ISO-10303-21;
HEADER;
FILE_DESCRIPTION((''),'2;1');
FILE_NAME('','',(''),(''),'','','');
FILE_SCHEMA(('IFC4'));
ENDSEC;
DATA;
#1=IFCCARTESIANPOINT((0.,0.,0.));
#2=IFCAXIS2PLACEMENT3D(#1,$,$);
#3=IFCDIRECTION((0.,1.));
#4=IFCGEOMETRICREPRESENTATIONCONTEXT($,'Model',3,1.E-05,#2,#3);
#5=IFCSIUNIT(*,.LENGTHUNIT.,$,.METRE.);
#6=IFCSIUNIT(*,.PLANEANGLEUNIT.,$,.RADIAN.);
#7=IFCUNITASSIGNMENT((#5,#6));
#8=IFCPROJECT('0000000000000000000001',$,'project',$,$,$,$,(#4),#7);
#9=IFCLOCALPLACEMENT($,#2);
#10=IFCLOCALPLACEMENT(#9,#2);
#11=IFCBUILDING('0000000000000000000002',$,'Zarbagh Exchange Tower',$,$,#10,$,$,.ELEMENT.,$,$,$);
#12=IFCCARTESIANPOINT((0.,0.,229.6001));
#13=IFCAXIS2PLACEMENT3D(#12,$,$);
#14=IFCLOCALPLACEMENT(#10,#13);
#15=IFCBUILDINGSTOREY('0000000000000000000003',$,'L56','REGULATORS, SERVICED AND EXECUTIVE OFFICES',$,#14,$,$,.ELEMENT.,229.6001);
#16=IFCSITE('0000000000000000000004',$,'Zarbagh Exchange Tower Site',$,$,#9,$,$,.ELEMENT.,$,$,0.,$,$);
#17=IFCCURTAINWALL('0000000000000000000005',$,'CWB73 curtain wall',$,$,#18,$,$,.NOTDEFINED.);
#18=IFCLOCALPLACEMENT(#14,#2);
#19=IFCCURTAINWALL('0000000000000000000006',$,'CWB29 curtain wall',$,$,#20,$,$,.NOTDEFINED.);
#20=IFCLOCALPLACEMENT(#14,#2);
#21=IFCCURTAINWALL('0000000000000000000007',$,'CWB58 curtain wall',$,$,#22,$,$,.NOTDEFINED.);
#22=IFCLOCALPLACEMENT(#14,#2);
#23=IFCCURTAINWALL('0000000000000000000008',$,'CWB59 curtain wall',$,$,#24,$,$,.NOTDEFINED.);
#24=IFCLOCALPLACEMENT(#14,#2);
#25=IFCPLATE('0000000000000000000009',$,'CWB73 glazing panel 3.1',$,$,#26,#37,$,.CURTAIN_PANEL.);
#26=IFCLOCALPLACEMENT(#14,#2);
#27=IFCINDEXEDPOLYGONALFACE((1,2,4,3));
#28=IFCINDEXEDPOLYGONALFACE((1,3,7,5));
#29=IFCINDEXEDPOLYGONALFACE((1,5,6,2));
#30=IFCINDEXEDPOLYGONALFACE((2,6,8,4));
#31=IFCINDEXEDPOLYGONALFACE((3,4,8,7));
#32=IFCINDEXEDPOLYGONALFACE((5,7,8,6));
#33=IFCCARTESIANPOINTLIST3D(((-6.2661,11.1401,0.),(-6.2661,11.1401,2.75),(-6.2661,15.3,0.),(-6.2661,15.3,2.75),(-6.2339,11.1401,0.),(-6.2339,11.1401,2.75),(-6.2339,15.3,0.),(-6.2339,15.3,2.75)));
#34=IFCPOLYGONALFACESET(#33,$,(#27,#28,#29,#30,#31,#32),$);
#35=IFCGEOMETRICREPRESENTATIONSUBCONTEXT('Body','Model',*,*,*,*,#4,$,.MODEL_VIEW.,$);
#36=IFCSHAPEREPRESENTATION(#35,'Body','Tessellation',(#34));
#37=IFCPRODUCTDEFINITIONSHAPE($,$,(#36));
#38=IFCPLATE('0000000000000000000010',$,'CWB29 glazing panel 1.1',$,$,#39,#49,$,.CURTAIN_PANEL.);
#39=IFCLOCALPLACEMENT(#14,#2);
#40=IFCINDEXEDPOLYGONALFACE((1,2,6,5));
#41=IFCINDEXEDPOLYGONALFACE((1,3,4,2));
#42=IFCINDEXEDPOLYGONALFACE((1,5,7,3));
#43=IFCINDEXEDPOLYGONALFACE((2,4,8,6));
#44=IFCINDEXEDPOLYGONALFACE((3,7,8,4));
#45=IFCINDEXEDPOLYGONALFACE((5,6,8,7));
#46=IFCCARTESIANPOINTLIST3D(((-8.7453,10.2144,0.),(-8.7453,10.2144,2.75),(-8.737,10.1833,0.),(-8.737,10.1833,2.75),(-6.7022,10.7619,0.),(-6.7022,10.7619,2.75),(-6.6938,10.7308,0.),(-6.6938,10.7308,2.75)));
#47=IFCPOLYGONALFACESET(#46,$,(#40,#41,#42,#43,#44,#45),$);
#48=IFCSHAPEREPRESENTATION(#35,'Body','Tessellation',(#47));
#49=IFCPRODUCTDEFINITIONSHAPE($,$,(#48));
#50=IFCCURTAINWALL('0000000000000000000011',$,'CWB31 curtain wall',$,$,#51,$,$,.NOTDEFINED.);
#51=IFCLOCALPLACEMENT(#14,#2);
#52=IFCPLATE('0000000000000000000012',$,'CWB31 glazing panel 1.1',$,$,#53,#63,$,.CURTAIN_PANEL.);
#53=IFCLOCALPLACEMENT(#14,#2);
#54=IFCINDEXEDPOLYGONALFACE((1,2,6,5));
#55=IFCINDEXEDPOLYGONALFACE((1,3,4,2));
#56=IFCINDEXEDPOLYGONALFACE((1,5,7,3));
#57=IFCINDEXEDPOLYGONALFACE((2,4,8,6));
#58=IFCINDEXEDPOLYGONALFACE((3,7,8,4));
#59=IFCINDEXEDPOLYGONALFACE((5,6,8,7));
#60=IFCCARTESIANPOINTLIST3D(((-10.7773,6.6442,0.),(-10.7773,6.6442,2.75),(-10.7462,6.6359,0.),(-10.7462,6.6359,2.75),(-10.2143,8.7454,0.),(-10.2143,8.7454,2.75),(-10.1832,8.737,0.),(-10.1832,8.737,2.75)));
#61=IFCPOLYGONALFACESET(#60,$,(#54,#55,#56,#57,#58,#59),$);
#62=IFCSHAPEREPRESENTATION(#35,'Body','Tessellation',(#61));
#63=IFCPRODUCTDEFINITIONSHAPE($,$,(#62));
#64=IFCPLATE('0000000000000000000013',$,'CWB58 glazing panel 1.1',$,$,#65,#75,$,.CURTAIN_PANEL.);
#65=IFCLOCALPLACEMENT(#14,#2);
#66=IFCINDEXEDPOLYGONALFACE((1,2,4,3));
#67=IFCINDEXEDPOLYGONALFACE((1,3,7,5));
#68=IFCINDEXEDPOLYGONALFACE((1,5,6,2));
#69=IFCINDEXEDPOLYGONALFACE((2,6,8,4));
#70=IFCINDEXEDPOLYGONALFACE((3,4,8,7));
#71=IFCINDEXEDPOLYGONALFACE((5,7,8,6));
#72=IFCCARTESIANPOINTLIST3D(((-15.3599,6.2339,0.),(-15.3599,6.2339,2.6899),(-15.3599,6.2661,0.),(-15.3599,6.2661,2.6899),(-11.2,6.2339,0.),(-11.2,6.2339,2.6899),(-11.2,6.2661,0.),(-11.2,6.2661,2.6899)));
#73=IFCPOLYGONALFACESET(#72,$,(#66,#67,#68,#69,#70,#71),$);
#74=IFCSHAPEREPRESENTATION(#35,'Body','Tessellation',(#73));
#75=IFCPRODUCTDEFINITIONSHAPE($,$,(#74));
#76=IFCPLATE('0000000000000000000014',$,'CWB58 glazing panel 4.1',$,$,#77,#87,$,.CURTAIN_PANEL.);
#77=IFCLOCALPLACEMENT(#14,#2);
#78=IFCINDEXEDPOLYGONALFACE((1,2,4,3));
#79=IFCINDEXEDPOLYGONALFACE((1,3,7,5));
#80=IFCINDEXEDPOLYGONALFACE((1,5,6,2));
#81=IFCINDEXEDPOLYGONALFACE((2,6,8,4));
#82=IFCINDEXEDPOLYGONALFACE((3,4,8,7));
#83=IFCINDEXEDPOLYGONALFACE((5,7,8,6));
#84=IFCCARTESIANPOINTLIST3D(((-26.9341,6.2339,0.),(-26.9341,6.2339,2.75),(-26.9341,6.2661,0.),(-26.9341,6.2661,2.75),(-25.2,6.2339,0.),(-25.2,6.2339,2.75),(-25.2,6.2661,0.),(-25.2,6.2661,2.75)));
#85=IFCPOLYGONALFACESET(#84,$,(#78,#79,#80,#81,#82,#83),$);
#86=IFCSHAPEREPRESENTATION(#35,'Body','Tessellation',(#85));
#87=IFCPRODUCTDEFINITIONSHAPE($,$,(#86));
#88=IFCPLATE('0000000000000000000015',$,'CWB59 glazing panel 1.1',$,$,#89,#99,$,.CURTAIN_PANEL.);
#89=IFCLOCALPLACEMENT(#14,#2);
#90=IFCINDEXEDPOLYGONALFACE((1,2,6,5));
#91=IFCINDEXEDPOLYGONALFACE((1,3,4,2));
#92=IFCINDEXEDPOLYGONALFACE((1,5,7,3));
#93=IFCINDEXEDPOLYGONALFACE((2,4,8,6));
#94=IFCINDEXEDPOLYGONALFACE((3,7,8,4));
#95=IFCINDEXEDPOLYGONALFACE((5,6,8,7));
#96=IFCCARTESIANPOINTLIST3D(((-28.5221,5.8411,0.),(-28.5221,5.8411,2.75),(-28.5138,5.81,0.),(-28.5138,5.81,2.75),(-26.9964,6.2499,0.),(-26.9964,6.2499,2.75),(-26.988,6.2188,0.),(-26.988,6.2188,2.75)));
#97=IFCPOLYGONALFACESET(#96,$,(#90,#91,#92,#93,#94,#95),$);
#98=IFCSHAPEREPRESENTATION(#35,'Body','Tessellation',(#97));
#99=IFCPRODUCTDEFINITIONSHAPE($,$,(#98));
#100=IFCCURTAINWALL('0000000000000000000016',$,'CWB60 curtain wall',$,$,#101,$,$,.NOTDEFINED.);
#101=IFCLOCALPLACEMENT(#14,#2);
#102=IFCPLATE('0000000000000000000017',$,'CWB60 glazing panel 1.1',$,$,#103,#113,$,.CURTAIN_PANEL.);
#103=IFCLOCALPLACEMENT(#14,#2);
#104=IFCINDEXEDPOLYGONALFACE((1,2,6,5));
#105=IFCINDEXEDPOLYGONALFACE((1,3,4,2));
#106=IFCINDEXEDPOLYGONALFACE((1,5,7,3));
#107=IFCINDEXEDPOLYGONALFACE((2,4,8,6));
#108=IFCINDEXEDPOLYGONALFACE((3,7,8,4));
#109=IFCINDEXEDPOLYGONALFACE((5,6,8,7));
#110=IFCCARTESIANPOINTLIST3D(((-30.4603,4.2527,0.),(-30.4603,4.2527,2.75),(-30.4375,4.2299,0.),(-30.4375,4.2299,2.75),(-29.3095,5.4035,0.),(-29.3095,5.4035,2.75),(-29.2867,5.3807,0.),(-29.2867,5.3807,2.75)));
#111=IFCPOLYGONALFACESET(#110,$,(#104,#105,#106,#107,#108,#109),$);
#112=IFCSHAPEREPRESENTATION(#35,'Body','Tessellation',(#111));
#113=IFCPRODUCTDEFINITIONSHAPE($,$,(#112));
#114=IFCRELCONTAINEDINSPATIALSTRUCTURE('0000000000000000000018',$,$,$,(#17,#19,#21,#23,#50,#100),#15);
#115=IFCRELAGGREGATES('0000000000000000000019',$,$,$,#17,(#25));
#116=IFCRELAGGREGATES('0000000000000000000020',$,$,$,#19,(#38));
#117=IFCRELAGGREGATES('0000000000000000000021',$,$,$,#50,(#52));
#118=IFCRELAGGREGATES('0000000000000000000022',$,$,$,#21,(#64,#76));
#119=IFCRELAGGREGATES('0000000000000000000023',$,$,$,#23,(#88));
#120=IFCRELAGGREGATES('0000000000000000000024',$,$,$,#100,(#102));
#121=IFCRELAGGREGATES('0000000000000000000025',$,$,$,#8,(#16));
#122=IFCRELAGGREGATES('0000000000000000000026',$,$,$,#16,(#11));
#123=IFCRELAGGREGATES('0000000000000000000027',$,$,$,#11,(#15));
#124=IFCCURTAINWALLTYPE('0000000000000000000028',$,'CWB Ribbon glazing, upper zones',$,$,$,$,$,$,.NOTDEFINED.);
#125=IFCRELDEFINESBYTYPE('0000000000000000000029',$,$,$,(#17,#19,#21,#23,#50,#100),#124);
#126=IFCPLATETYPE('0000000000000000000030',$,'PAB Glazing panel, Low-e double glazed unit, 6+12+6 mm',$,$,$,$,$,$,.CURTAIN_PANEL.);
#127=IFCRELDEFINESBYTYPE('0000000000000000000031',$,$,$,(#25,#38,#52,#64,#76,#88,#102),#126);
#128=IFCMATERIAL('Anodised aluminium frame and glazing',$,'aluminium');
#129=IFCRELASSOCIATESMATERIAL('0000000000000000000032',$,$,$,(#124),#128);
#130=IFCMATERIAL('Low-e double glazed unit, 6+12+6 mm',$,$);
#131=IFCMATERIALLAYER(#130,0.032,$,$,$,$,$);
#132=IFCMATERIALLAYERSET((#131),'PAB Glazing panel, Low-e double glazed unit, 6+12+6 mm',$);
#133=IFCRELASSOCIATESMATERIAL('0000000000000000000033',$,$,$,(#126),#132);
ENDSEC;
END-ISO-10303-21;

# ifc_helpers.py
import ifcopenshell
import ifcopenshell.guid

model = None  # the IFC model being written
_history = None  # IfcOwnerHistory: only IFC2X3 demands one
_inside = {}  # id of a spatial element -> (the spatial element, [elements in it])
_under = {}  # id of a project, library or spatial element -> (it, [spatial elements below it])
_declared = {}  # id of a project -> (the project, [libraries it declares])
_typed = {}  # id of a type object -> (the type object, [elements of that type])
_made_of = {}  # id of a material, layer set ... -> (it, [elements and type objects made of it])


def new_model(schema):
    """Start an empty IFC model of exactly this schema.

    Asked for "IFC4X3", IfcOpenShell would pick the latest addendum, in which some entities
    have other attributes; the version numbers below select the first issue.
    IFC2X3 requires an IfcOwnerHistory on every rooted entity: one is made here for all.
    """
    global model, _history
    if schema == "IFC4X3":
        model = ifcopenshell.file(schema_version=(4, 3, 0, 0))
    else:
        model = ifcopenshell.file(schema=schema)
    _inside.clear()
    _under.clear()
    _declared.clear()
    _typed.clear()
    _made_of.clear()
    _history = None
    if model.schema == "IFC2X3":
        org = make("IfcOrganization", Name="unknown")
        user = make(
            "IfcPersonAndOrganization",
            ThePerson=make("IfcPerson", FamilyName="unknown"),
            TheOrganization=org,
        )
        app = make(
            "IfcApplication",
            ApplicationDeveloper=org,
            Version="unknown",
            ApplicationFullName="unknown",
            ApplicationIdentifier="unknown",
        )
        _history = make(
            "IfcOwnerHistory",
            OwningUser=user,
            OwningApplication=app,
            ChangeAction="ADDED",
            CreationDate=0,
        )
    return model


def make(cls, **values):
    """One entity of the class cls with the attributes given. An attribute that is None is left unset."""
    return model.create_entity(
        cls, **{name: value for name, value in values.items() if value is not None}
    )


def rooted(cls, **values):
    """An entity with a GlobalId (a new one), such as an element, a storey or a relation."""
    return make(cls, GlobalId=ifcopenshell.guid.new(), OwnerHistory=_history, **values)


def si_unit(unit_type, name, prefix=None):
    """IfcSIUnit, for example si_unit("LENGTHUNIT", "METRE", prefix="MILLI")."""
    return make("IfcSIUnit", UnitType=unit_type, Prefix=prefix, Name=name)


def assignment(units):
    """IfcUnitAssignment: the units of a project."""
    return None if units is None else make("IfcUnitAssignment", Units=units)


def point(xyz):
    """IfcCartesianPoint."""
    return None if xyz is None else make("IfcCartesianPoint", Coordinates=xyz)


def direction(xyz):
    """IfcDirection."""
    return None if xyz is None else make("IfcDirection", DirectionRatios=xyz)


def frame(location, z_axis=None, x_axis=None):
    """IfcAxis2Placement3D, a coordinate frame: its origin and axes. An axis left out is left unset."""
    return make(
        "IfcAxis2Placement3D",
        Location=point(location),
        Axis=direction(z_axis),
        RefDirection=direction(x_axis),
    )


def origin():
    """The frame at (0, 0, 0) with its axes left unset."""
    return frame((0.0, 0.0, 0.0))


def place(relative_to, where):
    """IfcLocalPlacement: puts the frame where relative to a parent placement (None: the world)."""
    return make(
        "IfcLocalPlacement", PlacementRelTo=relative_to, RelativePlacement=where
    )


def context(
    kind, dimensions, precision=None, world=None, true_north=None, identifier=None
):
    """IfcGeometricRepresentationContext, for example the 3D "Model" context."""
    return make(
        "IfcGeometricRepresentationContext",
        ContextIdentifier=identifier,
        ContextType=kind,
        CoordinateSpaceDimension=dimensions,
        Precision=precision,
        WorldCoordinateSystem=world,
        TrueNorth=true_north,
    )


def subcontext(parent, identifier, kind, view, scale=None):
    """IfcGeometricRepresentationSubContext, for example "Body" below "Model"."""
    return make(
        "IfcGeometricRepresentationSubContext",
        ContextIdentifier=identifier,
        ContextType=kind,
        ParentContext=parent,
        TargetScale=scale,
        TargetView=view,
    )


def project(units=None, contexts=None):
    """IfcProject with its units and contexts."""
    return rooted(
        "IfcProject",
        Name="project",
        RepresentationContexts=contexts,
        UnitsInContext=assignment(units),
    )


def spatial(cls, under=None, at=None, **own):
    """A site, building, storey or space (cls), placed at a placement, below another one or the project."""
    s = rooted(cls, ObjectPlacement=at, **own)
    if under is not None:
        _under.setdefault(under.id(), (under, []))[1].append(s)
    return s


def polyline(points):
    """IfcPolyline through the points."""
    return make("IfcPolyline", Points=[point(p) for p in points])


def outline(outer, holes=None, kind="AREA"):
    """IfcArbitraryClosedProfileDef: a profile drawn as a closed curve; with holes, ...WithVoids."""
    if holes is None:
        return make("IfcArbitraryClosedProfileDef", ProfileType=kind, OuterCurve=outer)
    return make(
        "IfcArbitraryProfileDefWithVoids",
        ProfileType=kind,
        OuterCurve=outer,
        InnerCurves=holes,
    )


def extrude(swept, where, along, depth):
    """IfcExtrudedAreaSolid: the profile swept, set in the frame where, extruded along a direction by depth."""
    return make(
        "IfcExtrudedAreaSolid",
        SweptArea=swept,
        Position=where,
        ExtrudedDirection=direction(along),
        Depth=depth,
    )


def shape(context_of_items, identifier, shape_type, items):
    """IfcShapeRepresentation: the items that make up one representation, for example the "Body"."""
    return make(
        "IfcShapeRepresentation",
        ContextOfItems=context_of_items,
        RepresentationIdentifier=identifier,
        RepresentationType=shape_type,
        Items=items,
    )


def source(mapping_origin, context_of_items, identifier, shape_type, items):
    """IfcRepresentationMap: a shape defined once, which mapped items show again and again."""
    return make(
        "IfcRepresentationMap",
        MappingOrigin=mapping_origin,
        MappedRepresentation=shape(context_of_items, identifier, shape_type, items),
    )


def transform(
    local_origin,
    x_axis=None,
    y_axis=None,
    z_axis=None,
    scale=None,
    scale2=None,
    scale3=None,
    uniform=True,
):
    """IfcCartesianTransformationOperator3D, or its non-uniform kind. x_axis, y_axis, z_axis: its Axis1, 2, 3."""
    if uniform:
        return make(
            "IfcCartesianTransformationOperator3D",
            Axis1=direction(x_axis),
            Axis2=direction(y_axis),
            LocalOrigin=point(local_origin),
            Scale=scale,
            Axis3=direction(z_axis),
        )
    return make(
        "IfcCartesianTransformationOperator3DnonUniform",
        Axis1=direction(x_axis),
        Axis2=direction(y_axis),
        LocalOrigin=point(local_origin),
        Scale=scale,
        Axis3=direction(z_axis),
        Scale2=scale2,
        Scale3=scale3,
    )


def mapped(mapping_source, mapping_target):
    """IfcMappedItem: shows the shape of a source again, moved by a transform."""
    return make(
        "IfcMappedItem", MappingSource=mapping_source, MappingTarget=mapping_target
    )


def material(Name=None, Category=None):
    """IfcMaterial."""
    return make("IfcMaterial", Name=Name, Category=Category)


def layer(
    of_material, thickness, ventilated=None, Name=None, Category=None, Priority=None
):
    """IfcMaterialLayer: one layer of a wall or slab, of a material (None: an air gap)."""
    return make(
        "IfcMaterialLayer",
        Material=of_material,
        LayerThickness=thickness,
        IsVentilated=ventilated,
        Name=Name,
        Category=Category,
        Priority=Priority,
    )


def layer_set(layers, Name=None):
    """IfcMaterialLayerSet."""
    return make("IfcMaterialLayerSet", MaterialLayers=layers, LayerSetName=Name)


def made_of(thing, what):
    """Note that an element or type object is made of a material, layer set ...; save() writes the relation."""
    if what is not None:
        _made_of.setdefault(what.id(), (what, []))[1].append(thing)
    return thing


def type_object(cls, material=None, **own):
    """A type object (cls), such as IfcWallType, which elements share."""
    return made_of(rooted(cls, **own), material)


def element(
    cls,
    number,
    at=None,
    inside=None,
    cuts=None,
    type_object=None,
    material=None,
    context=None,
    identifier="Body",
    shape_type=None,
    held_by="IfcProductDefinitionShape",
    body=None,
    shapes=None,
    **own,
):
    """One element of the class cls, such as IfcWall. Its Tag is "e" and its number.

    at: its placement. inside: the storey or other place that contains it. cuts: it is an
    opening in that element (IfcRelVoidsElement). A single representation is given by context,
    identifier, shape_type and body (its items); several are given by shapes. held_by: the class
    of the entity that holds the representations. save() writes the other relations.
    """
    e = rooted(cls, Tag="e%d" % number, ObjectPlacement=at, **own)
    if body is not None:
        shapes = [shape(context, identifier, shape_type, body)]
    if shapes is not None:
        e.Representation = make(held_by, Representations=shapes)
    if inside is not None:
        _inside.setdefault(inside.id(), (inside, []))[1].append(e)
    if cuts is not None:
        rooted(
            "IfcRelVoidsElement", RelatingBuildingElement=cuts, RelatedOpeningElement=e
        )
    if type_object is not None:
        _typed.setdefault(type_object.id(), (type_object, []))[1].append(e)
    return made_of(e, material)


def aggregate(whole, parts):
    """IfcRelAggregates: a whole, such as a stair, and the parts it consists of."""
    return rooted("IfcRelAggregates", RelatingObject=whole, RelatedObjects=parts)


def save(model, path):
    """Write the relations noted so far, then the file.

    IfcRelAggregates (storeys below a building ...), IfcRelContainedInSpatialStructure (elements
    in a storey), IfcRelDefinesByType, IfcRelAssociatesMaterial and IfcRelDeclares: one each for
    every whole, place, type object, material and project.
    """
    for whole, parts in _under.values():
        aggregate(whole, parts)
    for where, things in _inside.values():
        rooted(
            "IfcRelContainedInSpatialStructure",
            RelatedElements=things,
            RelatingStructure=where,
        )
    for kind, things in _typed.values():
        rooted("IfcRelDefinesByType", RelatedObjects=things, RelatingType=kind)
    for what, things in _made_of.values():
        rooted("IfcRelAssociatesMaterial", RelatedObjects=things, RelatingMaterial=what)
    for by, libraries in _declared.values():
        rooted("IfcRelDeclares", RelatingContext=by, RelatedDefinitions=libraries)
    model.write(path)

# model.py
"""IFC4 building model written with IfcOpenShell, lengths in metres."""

from ifc_helpers import new_model, si_unit, direction, frame, origin, place, context, subcontext, project, spatial, polyline, outline, extrude, source, transform, mapped, material, layer, layer_set, type_object, element, aggregate, save


model = new_model("IFC4")

# Units and contexts
model_context = context("Model", 3, precision=1e-05, world=origin(), true_north=direction((0.0, 1.0)))
body_context = subcontext(model_context, "Body", "Model", "MODEL_VIEW")
ifc_project = project(units=[si_unit("LENGTHUNIT", "METRE"), si_unit("PLANEANGLEUNIT", "RADIAN")], contexts=[model_context])

# Site, building, storey
site_placement = place(None, origin())
site = spatial("IfcSite", under=ifc_project, at=site_placement, Name="Zarbagh Exchange Tower Site", CompositionType="ELEMENT", RefElevation=0.0)
building_placement = place(site_placement, origin())
building = spatial("IfcBuilding", under=site, at=building_placement, Name="Zarbagh Exchange Tower", CompositionType="ELEMENT")
storey_placement = place(building_placement, frame((0.0, 0.0, 229.6001)))
storey = spatial("IfcBuildingStorey", under=building, at=storey_placement, Name="L56", Description="REGULATORS, SERVICED AND EXECUTIVE OFFICES", CompositionType="ELEMENT", Elevation=229.6001)

# Curtain wall
ifc_material_1 = material(Name="Anodised aluminium frame and glazing", Category="aluminium")
curtain_wall_type = type_object("IfcCurtainWallType", Name="CWB Ribbon glazing, upper zones", PredefinedType="NOTDEFINED", material=ifc_material_1)
curtain_wall_1_placement = place(storey_placement, origin())
curtain_wall_1 = element("IfcCurtainWall", 1, at=curtain_wall_1_placement, inside=storey, type_object=curtain_wall_type, Name="CWB73 curtain wall", PredefinedType="NOTDEFINED")
placement = place(storey_placement, origin())

# Curtain wall
curtain_wall_2_placement = place(storey_placement, origin())
curtain_wall_2 = element("IfcCurtainWall", 2, at=curtain_wall_2_placement, inside=storey, type_object=curtain_wall_type, Name="CWB29 curtain wall", PredefinedType="NOTDEFINED")

# Curtain wall
curtain_wall_3_placement = place(storey_placement, origin())
curtain_wall_3 = element("IfcCurtainWall", 3, at=curtain_wall_3_placement, inside=storey, type_object=curtain_wall_type, Name="CWB58 curtain wall", PredefinedType="NOTDEFINED")

# Curtain wall
curtain_wall_4_placement = place(storey_placement, origin())
curtain_wall_4 = element("IfcCurtainWall", 4, at=curtain_wall_4_placement, inside=storey, type_object=curtain_wall_type, Name="CWB59 curtain wall", PredefinedType="NOTDEFINED")

# Shared definitions
ifc_material_2 = material(Name="Low-e double glazed unit, 6+12+6 mm")
ifc_layer = layer(ifc_material_2, 0.032)
ifc_layer_set = layer_set([ifc_layer], Name="PAB Glazing panel, Low-e double glazed unit, 6+12+6 mm")
plate_type = type_object("IfcPlateType", Name="PAB Glazing panel, Low-e double glazed unit, 6+12+6 mm", PredefinedType="CURTAIN_PANEL", material=ifc_layer_set)

# Plates
shared_shape_1 = source(origin(), body_context, "Body", "SweptSolid", [
    extrude(outline(polyline([(0.0, -0.0161), (4.1599, -0.0161), (4.1599, 0.0161), (0.0, 0.0161), (0.0, -0.0161)])), origin(), (0.0, 0.0, 1.0), 2.75),
])
plate_1 = element("IfcPlate", 5, at=placement, type_object=plate_type, Name="CWB73 glazing panel 3.1", PredefinedType="CURTAIN_PANEL", context=body_context, shape_type="MappedRepresentation", body=[
    mapped(shared_shape_1, transform((-6.25, 15.3, 0.0), x_axis=(0.0, -1.0, 0.0), y_axis=(1.0, 0.0, 0.0), z_axis=(0.0, 0.0, 1.0))),
])
aggregate(curtain_wall_1, [plate_1])
shared_shape_2 = source(origin(), body_context, "Body", "SweptSolid", [
    extrude(outline(polyline([(0.0, -0.0161), (2.1152, -0.0161), (2.1152, 0.0161), (0.0, 0.0161), (0.0, -0.0161)])), origin(), (0.0, 0.0, 1.0), 2.75),
])
plate_2 = element("IfcPlate", 6, at=placement, type_object=plate_type, Name="CWB29 glazing panel 1.1", PredefinedType="CURTAIN_PANEL", context=body_context, shape_type="MappedRepresentation", body=[
    mapped(shared_shape_2, transform((-6.698, 10.7463, 0.0), x_axis=(-0.965924, -0.258825, 0.0), y_axis=(0.258825, -0.965924, 0.0), z_axis=(0.0, 0.0, 1.0))),
])
aggregate(curtain_wall_2, [plate_2])

# Curtain wall, plate
curtain_wall_5_placement = place(storey_placement, origin())
curtain_wall_5 = element("IfcCurtainWall", 7, at=curtain_wall_5_placement, inside=storey, type_object=curtain_wall_type, Name="CWB31 curtain wall", PredefinedType="NOTDEFINED")
shared_shape_3 = source(origin(), body_context, "Body", "SweptSolid", [
    extrude(outline(polyline([(0.0, -0.0161), (2.1753, -0.0161), (2.1753, 0.0161), (0.0, 0.0161), (0.0, -0.0161)])), origin(), (0.0, 0.0, 1.0), 2.75),
])
plate_3 = element("IfcPlate", 8, at=placement, type_object=plate_type, Name="CWB31 glazing panel 1.1", PredefinedType="CURTAIN_PANEL", context=body_context, shape_type="MappedRepresentation", body=[
    mapped(shared_shape_3, transform((-10.1987, 8.7412, 0.0), x_axis=(-0.258825, -0.965924, 0.0), y_axis=(0.965924, -0.258825, 0.0), z_axis=(0.0, 0.0, 1.0))),
])
aggregate(curtain_wall_5, [plate_3])

# Plates
shared_shape_4 = source(origin(), body_context, "Body", "SweptSolid", [
    extrude(outline(polyline([(0.0, -0.0161), (4.1599, -0.0161), (4.1599, 0.0161), (0.0, 0.0161), (0.0, -0.0161)])), origin(), (0.0, 0.0, 1.0), 2.6899),
])
plate_4 = element("IfcPlate", 9, at=placement, type_object=plate_type, Name="CWB58 glazing panel 1.1", PredefinedType="CURTAIN_PANEL", context=body_context, shape_type="MappedRepresentation", body=[
    mapped(shared_shape_4, transform((-11.2, 6.25, 0.0), x_axis=(-1.0, 0.0, 0.0), y_axis=(0.0, -1.0, 0.0), z_axis=(0.0, 0.0, 1.0))),
])
shared_shape_5 = source(origin(), body_context, "Body", "SweptSolid", [
    extrude(outline(polyline([(0.0, -0.0161), (1.7341, -0.0161), (1.7341, 0.0161), (0.0, 0.0161), (0.0, -0.0161)])), origin(), (0.0, 0.0, 1.0), 2.75),
])
plate_5 = element("IfcPlate", 10, at=placement, type_object=plate_type, Name="CWB58 glazing panel 4.1", PredefinedType="CURTAIN_PANEL", context=body_context, shape_type="MappedRepresentation", body=[
    mapped(shared_shape_5, transform((-25.2, 6.25, 0.0), x_axis=(-1.0, 0.0, 0.0), y_axis=(0.0, -1.0, 0.0), z_axis=(0.0, 0.0, 1.0))),
])
aggregate(curtain_wall_3, [plate_4, plate_5])
shared_shape_6 = source(origin(), body_context, "Body", "SweptSolid", [
    extrude(outline(polyline([(0.0, -0.0161), (1.5796, -0.0161), (1.5796, 0.0161), (0.0, 0.0161), (0.0, -0.0161)])), origin(), (0.0, 0.0, 1.0), 2.75),
])
plate_6 = element("IfcPlate", 11, at=placement, type_object=plate_type, Name="CWB59 glazing panel 1.1", PredefinedType="CURTAIN_PANEL", context=body_context, shape_type="MappedRepresentation", body=[
    mapped(shared_shape_6, transform((-26.9922, 6.2344, 0.0), x_axis=(-0.965924, -0.258825, 0.0), y_axis=(0.258825, -0.965924, 0.0), z_axis=(0.0, 0.0, 1.0))),
])
aggregate(curtain_wall_4, [plate_6])

# Curtain wall, plate
curtain_wall_6_placement = place(storey_placement, origin())
curtain_wall_6 = element("IfcCurtainWall", 12, at=curtain_wall_6_placement, inside=storey, type_object=curtain_wall_type, Name="CWB60 curtain wall", PredefinedType="NOTDEFINED")
shared_shape_7 = source(origin(), body_context, "Body", "SweptSolid", [
    extrude(outline(polyline([(0.0, -0.0161), (1.6274, -0.0161), (1.6274, 0.0161), (0.0, 0.0161), (0.0, -0.0161)])), origin(), (0.0, 0.0, 1.0), 2.75),
])
plate_7 = element("IfcPlate", 13, at=placement, type_object=plate_type, Name="CWB60 glazing panel 1.1", PredefinedType="CURTAIN_PANEL", context=body_context, shape_type="MappedRepresentation", body=[
    mapped(shared_shape_7, transform((-29.2981, 5.3921, 0.0), x_axis=(-0.707107, -0.707107, 0.0), y_axis=(0.707107, -0.707107, 0.0), z_axis=(0.0, 0.0, 1.0))),
])
aggregate(curtain_wall_6, [plate_7])

save(model, "model.ifc")
